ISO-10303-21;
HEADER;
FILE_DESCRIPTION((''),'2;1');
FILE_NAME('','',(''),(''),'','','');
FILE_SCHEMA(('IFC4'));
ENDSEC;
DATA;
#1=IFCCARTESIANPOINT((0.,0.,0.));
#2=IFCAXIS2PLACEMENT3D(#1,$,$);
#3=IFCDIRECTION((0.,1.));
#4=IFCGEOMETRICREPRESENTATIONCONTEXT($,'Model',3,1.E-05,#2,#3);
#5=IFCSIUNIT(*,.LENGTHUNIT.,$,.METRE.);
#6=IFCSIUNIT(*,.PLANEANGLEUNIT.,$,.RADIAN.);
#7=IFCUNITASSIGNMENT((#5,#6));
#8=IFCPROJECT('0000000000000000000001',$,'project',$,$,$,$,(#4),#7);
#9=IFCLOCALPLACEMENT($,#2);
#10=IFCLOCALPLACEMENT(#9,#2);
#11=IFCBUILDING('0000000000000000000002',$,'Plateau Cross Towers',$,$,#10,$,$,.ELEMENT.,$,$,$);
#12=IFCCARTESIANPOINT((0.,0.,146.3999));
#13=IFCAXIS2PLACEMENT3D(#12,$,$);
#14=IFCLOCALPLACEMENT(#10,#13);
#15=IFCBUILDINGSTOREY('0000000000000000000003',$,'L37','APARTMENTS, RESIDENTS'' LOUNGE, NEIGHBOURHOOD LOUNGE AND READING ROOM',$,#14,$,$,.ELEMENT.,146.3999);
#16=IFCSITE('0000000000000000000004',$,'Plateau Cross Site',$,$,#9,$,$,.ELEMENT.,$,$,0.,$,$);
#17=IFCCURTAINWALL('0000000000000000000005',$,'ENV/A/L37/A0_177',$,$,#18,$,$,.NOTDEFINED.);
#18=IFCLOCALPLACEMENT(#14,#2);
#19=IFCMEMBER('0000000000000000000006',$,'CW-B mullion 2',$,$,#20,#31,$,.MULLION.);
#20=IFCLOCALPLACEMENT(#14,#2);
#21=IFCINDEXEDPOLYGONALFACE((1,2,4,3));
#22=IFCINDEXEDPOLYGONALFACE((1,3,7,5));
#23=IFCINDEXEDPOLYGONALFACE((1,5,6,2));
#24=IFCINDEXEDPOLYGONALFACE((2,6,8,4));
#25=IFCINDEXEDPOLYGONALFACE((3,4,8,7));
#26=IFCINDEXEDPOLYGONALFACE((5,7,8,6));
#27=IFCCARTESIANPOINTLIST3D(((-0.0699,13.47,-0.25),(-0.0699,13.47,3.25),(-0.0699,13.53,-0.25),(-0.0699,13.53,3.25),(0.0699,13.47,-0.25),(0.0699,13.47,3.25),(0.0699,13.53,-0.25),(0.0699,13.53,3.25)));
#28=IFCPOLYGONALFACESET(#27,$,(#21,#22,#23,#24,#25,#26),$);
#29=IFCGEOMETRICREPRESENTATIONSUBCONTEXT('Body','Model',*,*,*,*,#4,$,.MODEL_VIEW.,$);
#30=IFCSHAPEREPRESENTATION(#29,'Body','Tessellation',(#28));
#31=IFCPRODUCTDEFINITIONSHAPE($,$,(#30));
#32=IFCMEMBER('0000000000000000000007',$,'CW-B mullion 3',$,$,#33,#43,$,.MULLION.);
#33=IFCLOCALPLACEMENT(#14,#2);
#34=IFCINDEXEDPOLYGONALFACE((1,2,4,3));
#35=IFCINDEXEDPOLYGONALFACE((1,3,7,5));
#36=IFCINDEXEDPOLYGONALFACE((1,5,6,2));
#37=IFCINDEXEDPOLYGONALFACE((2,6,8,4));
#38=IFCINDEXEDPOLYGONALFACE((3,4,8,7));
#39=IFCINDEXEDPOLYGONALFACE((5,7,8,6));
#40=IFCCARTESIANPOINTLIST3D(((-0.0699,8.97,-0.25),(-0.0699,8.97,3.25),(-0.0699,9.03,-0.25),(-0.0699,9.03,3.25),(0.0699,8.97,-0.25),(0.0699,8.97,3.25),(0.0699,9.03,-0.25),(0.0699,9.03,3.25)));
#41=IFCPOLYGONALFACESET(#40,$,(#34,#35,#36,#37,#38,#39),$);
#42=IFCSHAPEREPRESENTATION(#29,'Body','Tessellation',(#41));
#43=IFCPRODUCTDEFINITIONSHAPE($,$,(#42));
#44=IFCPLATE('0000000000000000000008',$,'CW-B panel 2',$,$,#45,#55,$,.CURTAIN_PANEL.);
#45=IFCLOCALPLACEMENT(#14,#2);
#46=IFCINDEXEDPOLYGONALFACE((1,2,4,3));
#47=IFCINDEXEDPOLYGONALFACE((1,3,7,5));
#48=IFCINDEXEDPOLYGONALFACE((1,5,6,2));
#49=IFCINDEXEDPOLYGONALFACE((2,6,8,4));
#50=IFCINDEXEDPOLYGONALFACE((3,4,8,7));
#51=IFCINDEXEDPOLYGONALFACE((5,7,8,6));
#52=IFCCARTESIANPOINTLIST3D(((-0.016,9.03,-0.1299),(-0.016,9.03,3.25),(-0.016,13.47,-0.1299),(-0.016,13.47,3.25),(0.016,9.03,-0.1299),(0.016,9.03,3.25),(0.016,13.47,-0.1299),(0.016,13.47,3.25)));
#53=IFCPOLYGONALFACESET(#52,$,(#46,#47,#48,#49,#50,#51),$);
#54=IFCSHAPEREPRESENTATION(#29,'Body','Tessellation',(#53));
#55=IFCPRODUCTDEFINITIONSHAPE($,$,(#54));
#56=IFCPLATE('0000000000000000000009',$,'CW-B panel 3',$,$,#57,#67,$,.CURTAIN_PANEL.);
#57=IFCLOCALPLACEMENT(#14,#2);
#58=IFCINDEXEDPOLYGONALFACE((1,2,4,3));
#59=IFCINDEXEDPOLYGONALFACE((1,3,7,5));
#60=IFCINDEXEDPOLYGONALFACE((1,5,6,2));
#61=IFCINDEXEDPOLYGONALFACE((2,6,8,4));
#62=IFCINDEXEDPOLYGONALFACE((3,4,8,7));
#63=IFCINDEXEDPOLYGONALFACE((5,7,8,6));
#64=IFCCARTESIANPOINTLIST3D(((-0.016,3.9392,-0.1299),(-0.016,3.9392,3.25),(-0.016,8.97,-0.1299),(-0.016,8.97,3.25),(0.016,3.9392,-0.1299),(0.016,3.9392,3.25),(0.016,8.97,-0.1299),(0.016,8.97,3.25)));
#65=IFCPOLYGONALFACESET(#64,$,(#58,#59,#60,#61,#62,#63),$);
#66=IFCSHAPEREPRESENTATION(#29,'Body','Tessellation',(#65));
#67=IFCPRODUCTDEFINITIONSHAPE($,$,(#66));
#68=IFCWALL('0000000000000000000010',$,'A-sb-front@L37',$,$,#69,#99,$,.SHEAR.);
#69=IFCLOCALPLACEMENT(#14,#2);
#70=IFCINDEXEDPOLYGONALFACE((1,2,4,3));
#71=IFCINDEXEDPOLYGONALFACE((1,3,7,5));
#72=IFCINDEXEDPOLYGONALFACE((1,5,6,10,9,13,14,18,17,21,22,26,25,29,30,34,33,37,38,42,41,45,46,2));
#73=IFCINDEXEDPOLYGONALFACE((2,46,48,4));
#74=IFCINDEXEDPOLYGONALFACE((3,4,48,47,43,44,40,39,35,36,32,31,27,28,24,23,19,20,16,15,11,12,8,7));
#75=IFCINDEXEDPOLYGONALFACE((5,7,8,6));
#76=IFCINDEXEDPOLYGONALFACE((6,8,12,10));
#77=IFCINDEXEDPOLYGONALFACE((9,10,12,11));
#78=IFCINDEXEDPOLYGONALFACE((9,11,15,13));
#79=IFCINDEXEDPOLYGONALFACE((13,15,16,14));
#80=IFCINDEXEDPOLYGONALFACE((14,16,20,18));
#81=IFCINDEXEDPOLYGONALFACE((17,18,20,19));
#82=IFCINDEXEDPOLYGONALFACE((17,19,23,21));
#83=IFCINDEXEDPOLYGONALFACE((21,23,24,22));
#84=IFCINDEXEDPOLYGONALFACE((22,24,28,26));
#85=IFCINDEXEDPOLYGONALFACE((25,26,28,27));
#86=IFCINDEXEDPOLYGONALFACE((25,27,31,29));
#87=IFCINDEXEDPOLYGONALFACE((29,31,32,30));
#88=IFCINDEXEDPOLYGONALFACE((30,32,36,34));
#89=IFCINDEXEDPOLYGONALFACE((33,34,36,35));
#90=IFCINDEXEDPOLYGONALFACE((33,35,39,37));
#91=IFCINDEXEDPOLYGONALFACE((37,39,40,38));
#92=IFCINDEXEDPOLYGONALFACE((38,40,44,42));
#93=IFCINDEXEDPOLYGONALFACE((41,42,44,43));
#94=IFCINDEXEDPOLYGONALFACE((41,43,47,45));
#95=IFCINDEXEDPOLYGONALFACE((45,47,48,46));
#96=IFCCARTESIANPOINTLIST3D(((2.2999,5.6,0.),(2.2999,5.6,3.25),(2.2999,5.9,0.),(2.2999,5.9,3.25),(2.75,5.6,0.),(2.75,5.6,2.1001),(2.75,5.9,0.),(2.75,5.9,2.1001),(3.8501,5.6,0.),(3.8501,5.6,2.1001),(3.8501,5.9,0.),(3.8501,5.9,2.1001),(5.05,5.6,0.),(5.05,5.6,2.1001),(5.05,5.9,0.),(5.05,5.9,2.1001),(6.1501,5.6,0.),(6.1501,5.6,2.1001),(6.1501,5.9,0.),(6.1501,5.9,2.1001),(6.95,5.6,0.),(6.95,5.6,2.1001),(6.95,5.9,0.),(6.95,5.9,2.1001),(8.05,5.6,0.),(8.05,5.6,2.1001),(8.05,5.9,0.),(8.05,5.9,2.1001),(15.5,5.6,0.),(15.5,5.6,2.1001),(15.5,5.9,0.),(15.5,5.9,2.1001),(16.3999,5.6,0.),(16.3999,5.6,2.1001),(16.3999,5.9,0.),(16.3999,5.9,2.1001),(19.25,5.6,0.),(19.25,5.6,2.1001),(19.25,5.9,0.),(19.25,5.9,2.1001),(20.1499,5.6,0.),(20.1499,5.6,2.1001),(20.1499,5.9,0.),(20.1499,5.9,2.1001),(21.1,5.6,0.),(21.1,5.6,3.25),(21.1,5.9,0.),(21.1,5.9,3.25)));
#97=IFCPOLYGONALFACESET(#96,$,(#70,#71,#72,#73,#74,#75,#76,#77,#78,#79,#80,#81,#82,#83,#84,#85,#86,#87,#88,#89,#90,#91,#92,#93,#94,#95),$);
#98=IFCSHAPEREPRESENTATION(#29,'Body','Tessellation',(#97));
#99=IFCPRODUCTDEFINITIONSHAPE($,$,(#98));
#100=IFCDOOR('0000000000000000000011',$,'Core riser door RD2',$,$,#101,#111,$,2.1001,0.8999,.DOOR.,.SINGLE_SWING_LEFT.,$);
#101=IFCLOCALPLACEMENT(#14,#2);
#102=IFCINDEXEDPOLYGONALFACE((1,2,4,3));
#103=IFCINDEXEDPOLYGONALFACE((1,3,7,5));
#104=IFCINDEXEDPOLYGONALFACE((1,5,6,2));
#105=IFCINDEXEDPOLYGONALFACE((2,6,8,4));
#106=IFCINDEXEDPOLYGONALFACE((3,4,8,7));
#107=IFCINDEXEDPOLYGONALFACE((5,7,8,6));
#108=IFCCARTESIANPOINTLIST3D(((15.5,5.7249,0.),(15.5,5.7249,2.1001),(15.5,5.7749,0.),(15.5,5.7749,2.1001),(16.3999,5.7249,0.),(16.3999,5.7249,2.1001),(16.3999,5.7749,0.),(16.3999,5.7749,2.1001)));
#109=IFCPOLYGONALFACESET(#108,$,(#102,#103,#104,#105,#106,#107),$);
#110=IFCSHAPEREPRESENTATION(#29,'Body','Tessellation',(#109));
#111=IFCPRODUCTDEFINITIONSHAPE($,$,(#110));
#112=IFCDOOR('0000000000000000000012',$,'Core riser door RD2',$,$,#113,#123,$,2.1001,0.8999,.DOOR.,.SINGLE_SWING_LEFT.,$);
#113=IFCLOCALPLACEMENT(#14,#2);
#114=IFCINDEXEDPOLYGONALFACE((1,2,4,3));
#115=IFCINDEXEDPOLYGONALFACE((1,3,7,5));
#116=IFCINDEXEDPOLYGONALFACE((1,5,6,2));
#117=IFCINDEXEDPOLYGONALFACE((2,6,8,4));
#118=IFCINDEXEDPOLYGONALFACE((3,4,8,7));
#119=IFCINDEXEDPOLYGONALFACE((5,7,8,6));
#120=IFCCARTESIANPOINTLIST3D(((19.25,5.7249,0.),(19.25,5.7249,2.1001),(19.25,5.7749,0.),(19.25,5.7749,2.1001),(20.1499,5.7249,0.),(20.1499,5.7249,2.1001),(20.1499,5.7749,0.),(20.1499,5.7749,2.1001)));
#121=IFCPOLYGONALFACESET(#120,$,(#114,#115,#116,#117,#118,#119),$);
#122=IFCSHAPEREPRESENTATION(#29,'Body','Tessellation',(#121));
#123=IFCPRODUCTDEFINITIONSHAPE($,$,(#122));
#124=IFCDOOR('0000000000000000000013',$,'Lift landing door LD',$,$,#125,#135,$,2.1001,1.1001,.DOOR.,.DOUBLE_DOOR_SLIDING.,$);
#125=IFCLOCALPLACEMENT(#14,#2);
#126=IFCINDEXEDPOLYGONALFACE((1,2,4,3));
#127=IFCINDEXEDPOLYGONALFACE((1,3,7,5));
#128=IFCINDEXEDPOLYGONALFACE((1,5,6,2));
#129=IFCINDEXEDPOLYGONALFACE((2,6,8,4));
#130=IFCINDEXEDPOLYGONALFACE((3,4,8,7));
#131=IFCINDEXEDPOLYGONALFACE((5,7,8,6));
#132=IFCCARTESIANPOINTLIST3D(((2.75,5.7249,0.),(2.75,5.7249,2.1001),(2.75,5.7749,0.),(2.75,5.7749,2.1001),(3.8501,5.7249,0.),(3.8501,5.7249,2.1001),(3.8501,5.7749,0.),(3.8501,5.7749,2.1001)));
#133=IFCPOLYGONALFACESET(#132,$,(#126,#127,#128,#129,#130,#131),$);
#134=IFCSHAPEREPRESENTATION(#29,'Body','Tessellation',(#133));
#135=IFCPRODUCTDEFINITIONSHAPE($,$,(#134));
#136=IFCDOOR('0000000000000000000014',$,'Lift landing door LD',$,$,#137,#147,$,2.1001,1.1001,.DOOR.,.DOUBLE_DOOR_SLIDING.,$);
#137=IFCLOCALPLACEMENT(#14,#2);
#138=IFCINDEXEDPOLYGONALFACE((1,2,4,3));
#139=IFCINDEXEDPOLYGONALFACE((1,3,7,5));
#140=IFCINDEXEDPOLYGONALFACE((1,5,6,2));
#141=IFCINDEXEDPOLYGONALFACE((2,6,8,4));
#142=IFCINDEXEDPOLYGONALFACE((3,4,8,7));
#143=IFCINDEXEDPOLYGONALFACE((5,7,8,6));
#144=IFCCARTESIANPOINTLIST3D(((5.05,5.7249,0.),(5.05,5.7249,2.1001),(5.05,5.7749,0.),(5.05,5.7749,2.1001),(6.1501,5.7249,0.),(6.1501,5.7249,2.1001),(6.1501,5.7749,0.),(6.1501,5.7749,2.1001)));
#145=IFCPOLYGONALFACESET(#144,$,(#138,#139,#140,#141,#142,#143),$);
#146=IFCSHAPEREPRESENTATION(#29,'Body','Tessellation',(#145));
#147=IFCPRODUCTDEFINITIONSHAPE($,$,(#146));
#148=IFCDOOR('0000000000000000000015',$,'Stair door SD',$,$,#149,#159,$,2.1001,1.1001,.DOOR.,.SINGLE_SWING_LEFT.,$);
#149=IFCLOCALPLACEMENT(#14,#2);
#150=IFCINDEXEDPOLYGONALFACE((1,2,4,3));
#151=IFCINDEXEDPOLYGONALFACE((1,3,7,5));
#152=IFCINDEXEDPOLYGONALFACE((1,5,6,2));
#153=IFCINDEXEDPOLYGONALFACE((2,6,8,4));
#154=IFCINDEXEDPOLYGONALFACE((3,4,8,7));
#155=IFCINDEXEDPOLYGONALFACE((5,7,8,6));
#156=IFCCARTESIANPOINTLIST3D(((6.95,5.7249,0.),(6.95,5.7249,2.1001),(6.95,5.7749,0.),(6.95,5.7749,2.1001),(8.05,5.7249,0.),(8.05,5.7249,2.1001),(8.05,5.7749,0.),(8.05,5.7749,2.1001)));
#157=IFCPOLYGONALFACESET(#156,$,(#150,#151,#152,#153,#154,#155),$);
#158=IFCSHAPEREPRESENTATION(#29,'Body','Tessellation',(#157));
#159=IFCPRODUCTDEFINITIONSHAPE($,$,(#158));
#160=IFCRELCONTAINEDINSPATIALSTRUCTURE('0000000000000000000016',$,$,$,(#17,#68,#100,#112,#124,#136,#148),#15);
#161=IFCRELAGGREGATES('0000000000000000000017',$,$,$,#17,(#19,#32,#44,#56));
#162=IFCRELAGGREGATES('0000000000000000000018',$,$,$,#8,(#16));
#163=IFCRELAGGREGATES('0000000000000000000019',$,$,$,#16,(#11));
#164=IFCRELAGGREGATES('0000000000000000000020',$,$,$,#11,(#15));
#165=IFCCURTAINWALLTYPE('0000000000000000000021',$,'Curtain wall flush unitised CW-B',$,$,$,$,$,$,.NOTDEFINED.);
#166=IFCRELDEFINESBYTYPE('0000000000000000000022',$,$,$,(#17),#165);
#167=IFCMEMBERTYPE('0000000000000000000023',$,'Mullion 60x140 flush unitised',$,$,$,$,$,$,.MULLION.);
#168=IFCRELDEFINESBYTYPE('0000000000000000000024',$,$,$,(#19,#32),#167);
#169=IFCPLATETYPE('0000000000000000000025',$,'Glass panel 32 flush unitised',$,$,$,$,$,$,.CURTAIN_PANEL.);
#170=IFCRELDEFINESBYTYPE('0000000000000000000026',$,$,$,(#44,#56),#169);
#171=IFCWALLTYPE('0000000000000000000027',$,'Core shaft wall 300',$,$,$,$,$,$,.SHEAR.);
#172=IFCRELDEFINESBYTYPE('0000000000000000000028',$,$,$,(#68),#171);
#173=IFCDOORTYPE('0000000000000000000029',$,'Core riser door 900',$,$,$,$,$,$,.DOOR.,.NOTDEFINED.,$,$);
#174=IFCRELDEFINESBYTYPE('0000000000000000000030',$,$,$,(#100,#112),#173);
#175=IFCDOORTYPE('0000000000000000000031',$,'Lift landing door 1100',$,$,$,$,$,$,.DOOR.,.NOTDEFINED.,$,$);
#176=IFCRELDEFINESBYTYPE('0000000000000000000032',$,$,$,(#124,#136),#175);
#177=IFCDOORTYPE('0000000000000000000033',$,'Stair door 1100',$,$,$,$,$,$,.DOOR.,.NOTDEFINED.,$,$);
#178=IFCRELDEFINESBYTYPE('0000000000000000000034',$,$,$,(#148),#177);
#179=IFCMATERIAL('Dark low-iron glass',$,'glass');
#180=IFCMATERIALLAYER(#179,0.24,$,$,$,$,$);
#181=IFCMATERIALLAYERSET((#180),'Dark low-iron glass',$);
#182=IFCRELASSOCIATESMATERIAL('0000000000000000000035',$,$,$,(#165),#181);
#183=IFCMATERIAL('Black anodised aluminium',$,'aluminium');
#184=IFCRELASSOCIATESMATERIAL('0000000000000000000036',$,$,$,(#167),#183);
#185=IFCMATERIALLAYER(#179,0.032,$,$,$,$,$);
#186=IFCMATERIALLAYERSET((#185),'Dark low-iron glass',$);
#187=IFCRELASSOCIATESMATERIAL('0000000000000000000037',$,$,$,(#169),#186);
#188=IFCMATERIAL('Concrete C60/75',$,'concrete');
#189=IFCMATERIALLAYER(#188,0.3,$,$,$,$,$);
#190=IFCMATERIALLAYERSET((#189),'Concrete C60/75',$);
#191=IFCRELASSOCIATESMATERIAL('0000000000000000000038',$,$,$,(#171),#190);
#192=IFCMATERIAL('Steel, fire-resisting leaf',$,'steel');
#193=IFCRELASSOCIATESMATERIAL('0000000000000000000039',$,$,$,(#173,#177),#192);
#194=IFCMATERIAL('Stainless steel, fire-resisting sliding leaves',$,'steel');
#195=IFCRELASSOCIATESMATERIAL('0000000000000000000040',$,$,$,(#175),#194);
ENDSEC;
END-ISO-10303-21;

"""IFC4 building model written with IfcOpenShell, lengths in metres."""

from ifc_helpers import new_model, si_unit, direction, frame, frame_2d, origin, origin_2d, place, context, subcontext, project, spatial, rectangle, extrude, material, layer, layer_set, material_profile, profile_set, type_object, element, fill, aggregate, save


model = new_model("IFC4")

# Units and contexts
model_context = context("Model", 3, precision=1e-05, world=origin(), true_north=direction((0.0, 1.0)))
body_context = subcontext(model_context, "Body", "Model", "MODEL_VIEW")
ifc_project = project(units=[si_unit("LENGTHUNIT", "METRE"), si_unit("PLANEANGLEUNIT", "RADIAN")], contexts=[model_context])

# Site, building, storey
site_placement = place(None, origin())
site = spatial("IfcSite", under=ifc_project, at=site_placement, Name="Plateau Cross Site", CompositionType="ELEMENT", RefElevation=0.0)
building_placement = place(site_placement, origin())
building = spatial("IfcBuilding", under=site, at=building_placement, Name="Plateau Cross Towers", CompositionType="ELEMENT")
storey_placement = place(building_placement, frame((0.0, 0.0, 146.3999)))
storey = spatial("IfcBuildingStorey", under=building, at=storey_placement, Name="L37", Description="APARTMENTS, RESIDENTS' LOUNGE, NEIGHBOURHOOD LOUNGE AND READING ROOM", CompositionType="ELEMENT", Elevation=146.3999)

# Curtain wall, members, plates
ifc_material_1 = material(Name="Dark low-iron glass", Category="glass")
ifc_layer_1 = layer(ifc_material_1, 0.24)
ifc_layer_set_1 = layer_set([ifc_layer_1], Name="Dark low-iron glass")
curtain_wall_type = type_object("IfcCurtainWallType", Name="Curtain wall flush unitised CW-B", PredefinedType="NOTDEFINED", material=ifc_layer_set_1)
curtain_wall_placement = place(storey_placement, origin())
curtain_wall = element("IfcCurtainWall", 1, at=curtain_wall_placement, inside=storey, type_object=curtain_wall_type, Name="ENV/A/L37/A0_177", PredefinedType="NOTDEFINED")
ifc_material_2 = material(Name="Black anodised aluminium", Category="aluminium")
ifc_material_profile = material_profile(ifc_material_2, rectangle(XDim=0.0601, YDim=0.1399, at=origin_2d()), Name="MULLION 60x140")
ifc_profile_set = profile_set([ifc_material_profile], Name="Black anodised aluminium")
member_type = type_object("IfcMemberType", Name="Mullion 60x140 flush unitised", PredefinedType="MULLION", material=ifc_profile_set)
member_1_placement = place(storey_placement, frame((0.0, 13.5, -0.25), z_axis=(0.0, 0.0, 1.0), x_axis=(0.0, -1.0, 0.0)))
member_1 = element("IfcMember", 2, at=member_1_placement, type_object=member_type, Name="CW-B mullion 2", PredefinedType="MULLION", context=body_context, shape_type="SweptSolid", body=[
    extrude(rectangle(XDim=0.0601, YDim=0.1399, at=origin_2d()), origin(), (0.0, 0.0, 1.0), 3.5),
])
member_2_placement = place(storey_placement, frame((0.0, 9.0, -0.25), z_axis=(0.0, 0.0, 1.0), x_axis=(0.0, -1.0, 0.0)))
member_2 = element("IfcMember", 3, at=member_2_placement, type_object=member_type, Name="CW-B mullion 3", PredefinedType="MULLION", context=body_context, shape_type="SweptSolid", body=[
    extrude(rectangle(XDim=0.0601, YDim=0.1399, at=origin_2d()), origin(), (0.0, 0.0, 1.0), 3.5),
])
ifc_layer_2 = layer(ifc_material_1, 0.032)
ifc_layer_set_2 = layer_set([ifc_layer_2], Name="Dark low-iron glass")
plate_type = type_object("IfcPlateType", Name="Glass panel 32 flush unitised", PredefinedType="CURTAIN_PANEL", material=ifc_layer_set_2)
plate_1_placement = place(storey_placement, frame((0.0, 11.25, -0.1299), z_axis=(0.0, 0.0, 1.0), x_axis=(0.0, -1.0, 0.0)))
plate_1 = element("IfcPlate", 4, at=plate_1_placement, type_object=plate_type, Name="CW-B panel 2", PredefinedType="CURTAIN_PANEL", context=body_context, shape_type="SweptSolid", body=[
    extrude(rectangle(XDim=4.4399, YDim=0.032, at=origin_2d()), origin(), (0.0, 0.0, 1.0), 3.3799),
])
plate_2_placement = place(storey_placement, frame((0.0, 6.4546, -0.1299), z_axis=(0.0, 0.0, 1.0), x_axis=(0.0, -1.0, 0.0)))
plate_2 = element("IfcPlate", 5, at=plate_2_placement, type_object=plate_type, Name="CW-B panel 3", PredefinedType="CURTAIN_PANEL", context=body_context, shape_type="SweptSolid", body=[
    extrude(rectangle(XDim=5.0308, YDim=0.032, at=origin_2d()), origin(), (0.0, 0.0, 1.0), 3.3799),
])
aggregate(curtain_wall, [member_1, member_2, plate_1, plate_2])

# Wall, openings, doors
ifc_material_3 = material(Name="Concrete C60/75", Category="concrete")
ifc_layer_3 = layer(ifc_material_3, 0.3)
ifc_layer_set_3 = layer_set([ifc_layer_3], Name="Concrete C60/75")
wall_type = type_object("IfcWallType", Name="Core shaft wall 300", PredefinedType="SHEAR", material=ifc_layer_set_3)
wall_1_placement = place(storey_placement, frame((2.3, 5.75, 0.0), z_axis=(0.0, 0.0, 1.0), x_axis=(1.0, 0.0, 0.0)))
wall_1 = element("IfcWall", 6, at=wall_1_placement, inside=storey, type_object=wall_type, Name="A-sb-front@L37", PredefinedType="SHEAR", context=body_context, shape_type="SweptSolid", body=[
    extrude(rectangle(XDim=18.8, YDim=0.3, at=frame_2d((9.3999, 0.0))), origin(), (0.0, 0.0, 1.0), 3.25),
])
opening_1_placement = place(wall_1_placement, frame((4.6499, 0.0, 0.0)))
opening_1 = element("IfcOpeningElement", 7, at=opening_1_placement, cuts=wall_1, PredefinedType="OPENING", context=body_context, shape_type="SweptSolid", body=[
    extrude(rectangle(XDim=1.1001, YDim=2.1001, at=frame_2d((0.55, 1.05))), frame((0.0, 0.1599, 0.0), z_axis=(0.0, -1.0, 0.0), x_axis=(1.0, 0.0, 0.0)), (0.0, 0.0, 1.0), 0.3201),
])
opening_2_placement = place(wall_1_placement, frame((0.45, 0.0, 0.0)))
opening_2 = element("IfcOpeningElement", 8, at=opening_2_placement, cuts=wall_1, PredefinedType="OPENING", context=body_context, shape_type="SweptSolid", body=[
    extrude(rectangle(XDim=1.1001, YDim=2.1001, at=frame_2d((0.55, 1.05))), frame((0.0, 0.1599, 0.0), z_axis=(0.0, -1.0, 0.0), x_axis=(1.0, 0.0, 0.0)), (0.0, 0.0, 1.0), 0.3201),
])
opening_3_placement = place(wall_1_placement, frame((2.75, 0.0, 0.0)))
opening_3 = element("IfcOpeningElement", 9, at=opening_3_placement, cuts=wall_1, PredefinedType="OPENING", context=body_context, shape_type="SweptSolid", body=[
    extrude(rectangle(XDim=1.1001, YDim=2.1001, at=frame_2d((0.55, 1.05))), frame((0.0, 0.1599, 0.0), z_axis=(0.0, -1.0, 0.0), x_axis=(1.0, 0.0, 0.0)), (0.0, 0.0, 1.0), 0.3201),
])
opening_4_placement = place(wall_1_placement, frame((13.2, 0.0, 0.0)))
opening_4 = element("IfcOpeningElement", 10, at=opening_4_placement, cuts=wall_1, PredefinedType="OPENING", context=body_context, shape_type="SweptSolid", body=[
    extrude(rectangle(XDim=0.8999, YDim=2.1001, at=frame_2d((0.45, 1.05))), frame((0.0, 0.1599, 0.0), z_axis=(0.0, -1.0, 0.0), x_axis=(1.0, 0.0, 0.0)), (0.0, 0.0, 1.0), 0.3201),
])
opening_5_placement = place(wall_1_placement, frame((16.95, 0.0, 0.0)))
opening_5 = element("IfcOpeningElement", 11, at=opening_5_placement, cuts=wall_1, PredefinedType="OPENING", context=body_context, shape_type="SweptSolid", body=[
    extrude(rectangle(XDim=0.8999, YDim=2.1001, at=frame_2d((0.45, 1.05))), frame((0.0, 0.1599, 0.0), z_axis=(0.0, -1.0, 0.0), x_axis=(1.0, 0.0, 0.0)), (0.0, 0.0, 1.0), 0.3201),
])
ifc_material_4 = material(Name="Steel, fire-resisting leaf", Category="steel")
door_type_1 = type_object("IfcDoorType", Name="Core riser door 900", OperationType="NOTDEFINED", PredefinedType="DOOR", material=ifc_material_4)
door_1_placement = place(opening_4_placement, origin())
door_1 = element("IfcDoor", 12, at=door_1_placement, inside=storey, type_object=door_type_1, Name="Core riser door RD2", OperationType="SINGLE_SWING_LEFT", OverallHeight=2.1001, OverallWidth=0.8999, PredefinedType="DOOR", context=body_context, shape_type="SweptSolid", body=[
    extrude(rectangle(XDim=0.8999, YDim=2.1001, at=frame_2d((0.45, 1.05))), frame((0.0, 0.0249, 0.0), z_axis=(0.0, -1.0, 0.0), x_axis=(1.0, 0.0, 0.0)), (0.0, 0.0, 1.0), 0.05),
])
fill(opening_4, door_1)
door_2_placement = place(opening_5_placement, origin())
door_2 = element("IfcDoor", 13, at=door_2_placement, inside=storey, type_object=door_type_1, Name="Core riser door RD2", OperationType="SINGLE_SWING_LEFT", OverallHeight=2.1001, OverallWidth=0.8999, PredefinedType="DOOR", context=body_context, shape_type="SweptSolid", body=[
    extrude(rectangle(XDim=0.8999, YDim=2.1001, at=frame_2d((0.45, 1.05))), frame((0.0, 0.0249, 0.0), z_axis=(0.0, -1.0, 0.0), x_axis=(1.0, 0.0, 0.0)), (0.0, 0.0, 1.0), 0.05),
])
fill(opening_5, door_2)
ifc_material_5 = material(Name="Stainless steel, fire-resisting sliding leaves", Category="steel")
door_type_2 = type_object("IfcDoorType", Name="Lift landing door 1100", OperationType="NOTDEFINED", PredefinedType="DOOR", material=ifc_material_5)
door_3_placement = place(opening_2_placement, origin())
door_3 = element("IfcDoor", 14, at=door_3_placement, inside=storey, type_object=door_type_2, Name="Lift landing door LD", OperationType="DOUBLE_DOOR_SLIDING", OverallHeight=2.1001, OverallWidth=1.1001, PredefinedType="DOOR", context=body_context, shape_type="SweptSolid", body=[
    extrude(rectangle(XDim=1.1001, YDim=2.1001, at=frame_2d((0.55, 1.05))), frame((0.0, 0.0249, 0.0), z_axis=(0.0, -1.0, 0.0), x_axis=(1.0, 0.0, 0.0)), (0.0, 0.0, 1.0), 0.05),
])
fill(opening_2, door_3)
door_4_placement = place(opening_3_placement, origin())
door_4 = element("IfcDoor", 15, at=door_4_placement, inside=storey, type_object=door_type_2, Name="Lift landing door LD", OperationType="DOUBLE_DOOR_SLIDING", OverallHeight=2.1001, OverallWidth=1.1001, PredefinedType="DOOR", context=body_context, shape_type="SweptSolid", body=[
    extrude(rectangle(XDim=1.1001, YDim=2.1001, at=frame_2d((0.55, 1.05))), frame((0.0, 0.0249, 0.0), z_axis=(0.0, -1.0, 0.0), x_axis=(1.0, 0.0, 0.0)), (0.0, 0.0, 1.0), 0.05),
])
fill(opening_3, door_4)
door_type_3 = type_object("IfcDoorType", Name="Stair door 1100", OperationType="NOTDEFINED", PredefinedType="DOOR", material=ifc_material_4)
door_5_placement = place(opening_1_placement, origin())
door_5 = element("IfcDoor", 16, at=door_5_placement, inside=storey, type_object=door_type_3, Name="Stair door SD", OperationType="SINGLE_SWING_LEFT", OverallHeight=2.1001, OverallWidth=1.1001, PredefinedType="DOOR", context=body_context, shape_type="SweptSolid", body=[
    extrude(rectangle(XDim=1.1001, YDim=2.1001, at=frame_2d((0.55, 1.05))), frame((0.0, 0.0249, 0.0), z_axis=(0.0, -1.0, 0.0), x_axis=(1.0, 0.0, 0.0)), (0.0, 0.0, 1.0), 0.05),
])
fill(opening_1, door_5)

save(model, "model.ifc")
